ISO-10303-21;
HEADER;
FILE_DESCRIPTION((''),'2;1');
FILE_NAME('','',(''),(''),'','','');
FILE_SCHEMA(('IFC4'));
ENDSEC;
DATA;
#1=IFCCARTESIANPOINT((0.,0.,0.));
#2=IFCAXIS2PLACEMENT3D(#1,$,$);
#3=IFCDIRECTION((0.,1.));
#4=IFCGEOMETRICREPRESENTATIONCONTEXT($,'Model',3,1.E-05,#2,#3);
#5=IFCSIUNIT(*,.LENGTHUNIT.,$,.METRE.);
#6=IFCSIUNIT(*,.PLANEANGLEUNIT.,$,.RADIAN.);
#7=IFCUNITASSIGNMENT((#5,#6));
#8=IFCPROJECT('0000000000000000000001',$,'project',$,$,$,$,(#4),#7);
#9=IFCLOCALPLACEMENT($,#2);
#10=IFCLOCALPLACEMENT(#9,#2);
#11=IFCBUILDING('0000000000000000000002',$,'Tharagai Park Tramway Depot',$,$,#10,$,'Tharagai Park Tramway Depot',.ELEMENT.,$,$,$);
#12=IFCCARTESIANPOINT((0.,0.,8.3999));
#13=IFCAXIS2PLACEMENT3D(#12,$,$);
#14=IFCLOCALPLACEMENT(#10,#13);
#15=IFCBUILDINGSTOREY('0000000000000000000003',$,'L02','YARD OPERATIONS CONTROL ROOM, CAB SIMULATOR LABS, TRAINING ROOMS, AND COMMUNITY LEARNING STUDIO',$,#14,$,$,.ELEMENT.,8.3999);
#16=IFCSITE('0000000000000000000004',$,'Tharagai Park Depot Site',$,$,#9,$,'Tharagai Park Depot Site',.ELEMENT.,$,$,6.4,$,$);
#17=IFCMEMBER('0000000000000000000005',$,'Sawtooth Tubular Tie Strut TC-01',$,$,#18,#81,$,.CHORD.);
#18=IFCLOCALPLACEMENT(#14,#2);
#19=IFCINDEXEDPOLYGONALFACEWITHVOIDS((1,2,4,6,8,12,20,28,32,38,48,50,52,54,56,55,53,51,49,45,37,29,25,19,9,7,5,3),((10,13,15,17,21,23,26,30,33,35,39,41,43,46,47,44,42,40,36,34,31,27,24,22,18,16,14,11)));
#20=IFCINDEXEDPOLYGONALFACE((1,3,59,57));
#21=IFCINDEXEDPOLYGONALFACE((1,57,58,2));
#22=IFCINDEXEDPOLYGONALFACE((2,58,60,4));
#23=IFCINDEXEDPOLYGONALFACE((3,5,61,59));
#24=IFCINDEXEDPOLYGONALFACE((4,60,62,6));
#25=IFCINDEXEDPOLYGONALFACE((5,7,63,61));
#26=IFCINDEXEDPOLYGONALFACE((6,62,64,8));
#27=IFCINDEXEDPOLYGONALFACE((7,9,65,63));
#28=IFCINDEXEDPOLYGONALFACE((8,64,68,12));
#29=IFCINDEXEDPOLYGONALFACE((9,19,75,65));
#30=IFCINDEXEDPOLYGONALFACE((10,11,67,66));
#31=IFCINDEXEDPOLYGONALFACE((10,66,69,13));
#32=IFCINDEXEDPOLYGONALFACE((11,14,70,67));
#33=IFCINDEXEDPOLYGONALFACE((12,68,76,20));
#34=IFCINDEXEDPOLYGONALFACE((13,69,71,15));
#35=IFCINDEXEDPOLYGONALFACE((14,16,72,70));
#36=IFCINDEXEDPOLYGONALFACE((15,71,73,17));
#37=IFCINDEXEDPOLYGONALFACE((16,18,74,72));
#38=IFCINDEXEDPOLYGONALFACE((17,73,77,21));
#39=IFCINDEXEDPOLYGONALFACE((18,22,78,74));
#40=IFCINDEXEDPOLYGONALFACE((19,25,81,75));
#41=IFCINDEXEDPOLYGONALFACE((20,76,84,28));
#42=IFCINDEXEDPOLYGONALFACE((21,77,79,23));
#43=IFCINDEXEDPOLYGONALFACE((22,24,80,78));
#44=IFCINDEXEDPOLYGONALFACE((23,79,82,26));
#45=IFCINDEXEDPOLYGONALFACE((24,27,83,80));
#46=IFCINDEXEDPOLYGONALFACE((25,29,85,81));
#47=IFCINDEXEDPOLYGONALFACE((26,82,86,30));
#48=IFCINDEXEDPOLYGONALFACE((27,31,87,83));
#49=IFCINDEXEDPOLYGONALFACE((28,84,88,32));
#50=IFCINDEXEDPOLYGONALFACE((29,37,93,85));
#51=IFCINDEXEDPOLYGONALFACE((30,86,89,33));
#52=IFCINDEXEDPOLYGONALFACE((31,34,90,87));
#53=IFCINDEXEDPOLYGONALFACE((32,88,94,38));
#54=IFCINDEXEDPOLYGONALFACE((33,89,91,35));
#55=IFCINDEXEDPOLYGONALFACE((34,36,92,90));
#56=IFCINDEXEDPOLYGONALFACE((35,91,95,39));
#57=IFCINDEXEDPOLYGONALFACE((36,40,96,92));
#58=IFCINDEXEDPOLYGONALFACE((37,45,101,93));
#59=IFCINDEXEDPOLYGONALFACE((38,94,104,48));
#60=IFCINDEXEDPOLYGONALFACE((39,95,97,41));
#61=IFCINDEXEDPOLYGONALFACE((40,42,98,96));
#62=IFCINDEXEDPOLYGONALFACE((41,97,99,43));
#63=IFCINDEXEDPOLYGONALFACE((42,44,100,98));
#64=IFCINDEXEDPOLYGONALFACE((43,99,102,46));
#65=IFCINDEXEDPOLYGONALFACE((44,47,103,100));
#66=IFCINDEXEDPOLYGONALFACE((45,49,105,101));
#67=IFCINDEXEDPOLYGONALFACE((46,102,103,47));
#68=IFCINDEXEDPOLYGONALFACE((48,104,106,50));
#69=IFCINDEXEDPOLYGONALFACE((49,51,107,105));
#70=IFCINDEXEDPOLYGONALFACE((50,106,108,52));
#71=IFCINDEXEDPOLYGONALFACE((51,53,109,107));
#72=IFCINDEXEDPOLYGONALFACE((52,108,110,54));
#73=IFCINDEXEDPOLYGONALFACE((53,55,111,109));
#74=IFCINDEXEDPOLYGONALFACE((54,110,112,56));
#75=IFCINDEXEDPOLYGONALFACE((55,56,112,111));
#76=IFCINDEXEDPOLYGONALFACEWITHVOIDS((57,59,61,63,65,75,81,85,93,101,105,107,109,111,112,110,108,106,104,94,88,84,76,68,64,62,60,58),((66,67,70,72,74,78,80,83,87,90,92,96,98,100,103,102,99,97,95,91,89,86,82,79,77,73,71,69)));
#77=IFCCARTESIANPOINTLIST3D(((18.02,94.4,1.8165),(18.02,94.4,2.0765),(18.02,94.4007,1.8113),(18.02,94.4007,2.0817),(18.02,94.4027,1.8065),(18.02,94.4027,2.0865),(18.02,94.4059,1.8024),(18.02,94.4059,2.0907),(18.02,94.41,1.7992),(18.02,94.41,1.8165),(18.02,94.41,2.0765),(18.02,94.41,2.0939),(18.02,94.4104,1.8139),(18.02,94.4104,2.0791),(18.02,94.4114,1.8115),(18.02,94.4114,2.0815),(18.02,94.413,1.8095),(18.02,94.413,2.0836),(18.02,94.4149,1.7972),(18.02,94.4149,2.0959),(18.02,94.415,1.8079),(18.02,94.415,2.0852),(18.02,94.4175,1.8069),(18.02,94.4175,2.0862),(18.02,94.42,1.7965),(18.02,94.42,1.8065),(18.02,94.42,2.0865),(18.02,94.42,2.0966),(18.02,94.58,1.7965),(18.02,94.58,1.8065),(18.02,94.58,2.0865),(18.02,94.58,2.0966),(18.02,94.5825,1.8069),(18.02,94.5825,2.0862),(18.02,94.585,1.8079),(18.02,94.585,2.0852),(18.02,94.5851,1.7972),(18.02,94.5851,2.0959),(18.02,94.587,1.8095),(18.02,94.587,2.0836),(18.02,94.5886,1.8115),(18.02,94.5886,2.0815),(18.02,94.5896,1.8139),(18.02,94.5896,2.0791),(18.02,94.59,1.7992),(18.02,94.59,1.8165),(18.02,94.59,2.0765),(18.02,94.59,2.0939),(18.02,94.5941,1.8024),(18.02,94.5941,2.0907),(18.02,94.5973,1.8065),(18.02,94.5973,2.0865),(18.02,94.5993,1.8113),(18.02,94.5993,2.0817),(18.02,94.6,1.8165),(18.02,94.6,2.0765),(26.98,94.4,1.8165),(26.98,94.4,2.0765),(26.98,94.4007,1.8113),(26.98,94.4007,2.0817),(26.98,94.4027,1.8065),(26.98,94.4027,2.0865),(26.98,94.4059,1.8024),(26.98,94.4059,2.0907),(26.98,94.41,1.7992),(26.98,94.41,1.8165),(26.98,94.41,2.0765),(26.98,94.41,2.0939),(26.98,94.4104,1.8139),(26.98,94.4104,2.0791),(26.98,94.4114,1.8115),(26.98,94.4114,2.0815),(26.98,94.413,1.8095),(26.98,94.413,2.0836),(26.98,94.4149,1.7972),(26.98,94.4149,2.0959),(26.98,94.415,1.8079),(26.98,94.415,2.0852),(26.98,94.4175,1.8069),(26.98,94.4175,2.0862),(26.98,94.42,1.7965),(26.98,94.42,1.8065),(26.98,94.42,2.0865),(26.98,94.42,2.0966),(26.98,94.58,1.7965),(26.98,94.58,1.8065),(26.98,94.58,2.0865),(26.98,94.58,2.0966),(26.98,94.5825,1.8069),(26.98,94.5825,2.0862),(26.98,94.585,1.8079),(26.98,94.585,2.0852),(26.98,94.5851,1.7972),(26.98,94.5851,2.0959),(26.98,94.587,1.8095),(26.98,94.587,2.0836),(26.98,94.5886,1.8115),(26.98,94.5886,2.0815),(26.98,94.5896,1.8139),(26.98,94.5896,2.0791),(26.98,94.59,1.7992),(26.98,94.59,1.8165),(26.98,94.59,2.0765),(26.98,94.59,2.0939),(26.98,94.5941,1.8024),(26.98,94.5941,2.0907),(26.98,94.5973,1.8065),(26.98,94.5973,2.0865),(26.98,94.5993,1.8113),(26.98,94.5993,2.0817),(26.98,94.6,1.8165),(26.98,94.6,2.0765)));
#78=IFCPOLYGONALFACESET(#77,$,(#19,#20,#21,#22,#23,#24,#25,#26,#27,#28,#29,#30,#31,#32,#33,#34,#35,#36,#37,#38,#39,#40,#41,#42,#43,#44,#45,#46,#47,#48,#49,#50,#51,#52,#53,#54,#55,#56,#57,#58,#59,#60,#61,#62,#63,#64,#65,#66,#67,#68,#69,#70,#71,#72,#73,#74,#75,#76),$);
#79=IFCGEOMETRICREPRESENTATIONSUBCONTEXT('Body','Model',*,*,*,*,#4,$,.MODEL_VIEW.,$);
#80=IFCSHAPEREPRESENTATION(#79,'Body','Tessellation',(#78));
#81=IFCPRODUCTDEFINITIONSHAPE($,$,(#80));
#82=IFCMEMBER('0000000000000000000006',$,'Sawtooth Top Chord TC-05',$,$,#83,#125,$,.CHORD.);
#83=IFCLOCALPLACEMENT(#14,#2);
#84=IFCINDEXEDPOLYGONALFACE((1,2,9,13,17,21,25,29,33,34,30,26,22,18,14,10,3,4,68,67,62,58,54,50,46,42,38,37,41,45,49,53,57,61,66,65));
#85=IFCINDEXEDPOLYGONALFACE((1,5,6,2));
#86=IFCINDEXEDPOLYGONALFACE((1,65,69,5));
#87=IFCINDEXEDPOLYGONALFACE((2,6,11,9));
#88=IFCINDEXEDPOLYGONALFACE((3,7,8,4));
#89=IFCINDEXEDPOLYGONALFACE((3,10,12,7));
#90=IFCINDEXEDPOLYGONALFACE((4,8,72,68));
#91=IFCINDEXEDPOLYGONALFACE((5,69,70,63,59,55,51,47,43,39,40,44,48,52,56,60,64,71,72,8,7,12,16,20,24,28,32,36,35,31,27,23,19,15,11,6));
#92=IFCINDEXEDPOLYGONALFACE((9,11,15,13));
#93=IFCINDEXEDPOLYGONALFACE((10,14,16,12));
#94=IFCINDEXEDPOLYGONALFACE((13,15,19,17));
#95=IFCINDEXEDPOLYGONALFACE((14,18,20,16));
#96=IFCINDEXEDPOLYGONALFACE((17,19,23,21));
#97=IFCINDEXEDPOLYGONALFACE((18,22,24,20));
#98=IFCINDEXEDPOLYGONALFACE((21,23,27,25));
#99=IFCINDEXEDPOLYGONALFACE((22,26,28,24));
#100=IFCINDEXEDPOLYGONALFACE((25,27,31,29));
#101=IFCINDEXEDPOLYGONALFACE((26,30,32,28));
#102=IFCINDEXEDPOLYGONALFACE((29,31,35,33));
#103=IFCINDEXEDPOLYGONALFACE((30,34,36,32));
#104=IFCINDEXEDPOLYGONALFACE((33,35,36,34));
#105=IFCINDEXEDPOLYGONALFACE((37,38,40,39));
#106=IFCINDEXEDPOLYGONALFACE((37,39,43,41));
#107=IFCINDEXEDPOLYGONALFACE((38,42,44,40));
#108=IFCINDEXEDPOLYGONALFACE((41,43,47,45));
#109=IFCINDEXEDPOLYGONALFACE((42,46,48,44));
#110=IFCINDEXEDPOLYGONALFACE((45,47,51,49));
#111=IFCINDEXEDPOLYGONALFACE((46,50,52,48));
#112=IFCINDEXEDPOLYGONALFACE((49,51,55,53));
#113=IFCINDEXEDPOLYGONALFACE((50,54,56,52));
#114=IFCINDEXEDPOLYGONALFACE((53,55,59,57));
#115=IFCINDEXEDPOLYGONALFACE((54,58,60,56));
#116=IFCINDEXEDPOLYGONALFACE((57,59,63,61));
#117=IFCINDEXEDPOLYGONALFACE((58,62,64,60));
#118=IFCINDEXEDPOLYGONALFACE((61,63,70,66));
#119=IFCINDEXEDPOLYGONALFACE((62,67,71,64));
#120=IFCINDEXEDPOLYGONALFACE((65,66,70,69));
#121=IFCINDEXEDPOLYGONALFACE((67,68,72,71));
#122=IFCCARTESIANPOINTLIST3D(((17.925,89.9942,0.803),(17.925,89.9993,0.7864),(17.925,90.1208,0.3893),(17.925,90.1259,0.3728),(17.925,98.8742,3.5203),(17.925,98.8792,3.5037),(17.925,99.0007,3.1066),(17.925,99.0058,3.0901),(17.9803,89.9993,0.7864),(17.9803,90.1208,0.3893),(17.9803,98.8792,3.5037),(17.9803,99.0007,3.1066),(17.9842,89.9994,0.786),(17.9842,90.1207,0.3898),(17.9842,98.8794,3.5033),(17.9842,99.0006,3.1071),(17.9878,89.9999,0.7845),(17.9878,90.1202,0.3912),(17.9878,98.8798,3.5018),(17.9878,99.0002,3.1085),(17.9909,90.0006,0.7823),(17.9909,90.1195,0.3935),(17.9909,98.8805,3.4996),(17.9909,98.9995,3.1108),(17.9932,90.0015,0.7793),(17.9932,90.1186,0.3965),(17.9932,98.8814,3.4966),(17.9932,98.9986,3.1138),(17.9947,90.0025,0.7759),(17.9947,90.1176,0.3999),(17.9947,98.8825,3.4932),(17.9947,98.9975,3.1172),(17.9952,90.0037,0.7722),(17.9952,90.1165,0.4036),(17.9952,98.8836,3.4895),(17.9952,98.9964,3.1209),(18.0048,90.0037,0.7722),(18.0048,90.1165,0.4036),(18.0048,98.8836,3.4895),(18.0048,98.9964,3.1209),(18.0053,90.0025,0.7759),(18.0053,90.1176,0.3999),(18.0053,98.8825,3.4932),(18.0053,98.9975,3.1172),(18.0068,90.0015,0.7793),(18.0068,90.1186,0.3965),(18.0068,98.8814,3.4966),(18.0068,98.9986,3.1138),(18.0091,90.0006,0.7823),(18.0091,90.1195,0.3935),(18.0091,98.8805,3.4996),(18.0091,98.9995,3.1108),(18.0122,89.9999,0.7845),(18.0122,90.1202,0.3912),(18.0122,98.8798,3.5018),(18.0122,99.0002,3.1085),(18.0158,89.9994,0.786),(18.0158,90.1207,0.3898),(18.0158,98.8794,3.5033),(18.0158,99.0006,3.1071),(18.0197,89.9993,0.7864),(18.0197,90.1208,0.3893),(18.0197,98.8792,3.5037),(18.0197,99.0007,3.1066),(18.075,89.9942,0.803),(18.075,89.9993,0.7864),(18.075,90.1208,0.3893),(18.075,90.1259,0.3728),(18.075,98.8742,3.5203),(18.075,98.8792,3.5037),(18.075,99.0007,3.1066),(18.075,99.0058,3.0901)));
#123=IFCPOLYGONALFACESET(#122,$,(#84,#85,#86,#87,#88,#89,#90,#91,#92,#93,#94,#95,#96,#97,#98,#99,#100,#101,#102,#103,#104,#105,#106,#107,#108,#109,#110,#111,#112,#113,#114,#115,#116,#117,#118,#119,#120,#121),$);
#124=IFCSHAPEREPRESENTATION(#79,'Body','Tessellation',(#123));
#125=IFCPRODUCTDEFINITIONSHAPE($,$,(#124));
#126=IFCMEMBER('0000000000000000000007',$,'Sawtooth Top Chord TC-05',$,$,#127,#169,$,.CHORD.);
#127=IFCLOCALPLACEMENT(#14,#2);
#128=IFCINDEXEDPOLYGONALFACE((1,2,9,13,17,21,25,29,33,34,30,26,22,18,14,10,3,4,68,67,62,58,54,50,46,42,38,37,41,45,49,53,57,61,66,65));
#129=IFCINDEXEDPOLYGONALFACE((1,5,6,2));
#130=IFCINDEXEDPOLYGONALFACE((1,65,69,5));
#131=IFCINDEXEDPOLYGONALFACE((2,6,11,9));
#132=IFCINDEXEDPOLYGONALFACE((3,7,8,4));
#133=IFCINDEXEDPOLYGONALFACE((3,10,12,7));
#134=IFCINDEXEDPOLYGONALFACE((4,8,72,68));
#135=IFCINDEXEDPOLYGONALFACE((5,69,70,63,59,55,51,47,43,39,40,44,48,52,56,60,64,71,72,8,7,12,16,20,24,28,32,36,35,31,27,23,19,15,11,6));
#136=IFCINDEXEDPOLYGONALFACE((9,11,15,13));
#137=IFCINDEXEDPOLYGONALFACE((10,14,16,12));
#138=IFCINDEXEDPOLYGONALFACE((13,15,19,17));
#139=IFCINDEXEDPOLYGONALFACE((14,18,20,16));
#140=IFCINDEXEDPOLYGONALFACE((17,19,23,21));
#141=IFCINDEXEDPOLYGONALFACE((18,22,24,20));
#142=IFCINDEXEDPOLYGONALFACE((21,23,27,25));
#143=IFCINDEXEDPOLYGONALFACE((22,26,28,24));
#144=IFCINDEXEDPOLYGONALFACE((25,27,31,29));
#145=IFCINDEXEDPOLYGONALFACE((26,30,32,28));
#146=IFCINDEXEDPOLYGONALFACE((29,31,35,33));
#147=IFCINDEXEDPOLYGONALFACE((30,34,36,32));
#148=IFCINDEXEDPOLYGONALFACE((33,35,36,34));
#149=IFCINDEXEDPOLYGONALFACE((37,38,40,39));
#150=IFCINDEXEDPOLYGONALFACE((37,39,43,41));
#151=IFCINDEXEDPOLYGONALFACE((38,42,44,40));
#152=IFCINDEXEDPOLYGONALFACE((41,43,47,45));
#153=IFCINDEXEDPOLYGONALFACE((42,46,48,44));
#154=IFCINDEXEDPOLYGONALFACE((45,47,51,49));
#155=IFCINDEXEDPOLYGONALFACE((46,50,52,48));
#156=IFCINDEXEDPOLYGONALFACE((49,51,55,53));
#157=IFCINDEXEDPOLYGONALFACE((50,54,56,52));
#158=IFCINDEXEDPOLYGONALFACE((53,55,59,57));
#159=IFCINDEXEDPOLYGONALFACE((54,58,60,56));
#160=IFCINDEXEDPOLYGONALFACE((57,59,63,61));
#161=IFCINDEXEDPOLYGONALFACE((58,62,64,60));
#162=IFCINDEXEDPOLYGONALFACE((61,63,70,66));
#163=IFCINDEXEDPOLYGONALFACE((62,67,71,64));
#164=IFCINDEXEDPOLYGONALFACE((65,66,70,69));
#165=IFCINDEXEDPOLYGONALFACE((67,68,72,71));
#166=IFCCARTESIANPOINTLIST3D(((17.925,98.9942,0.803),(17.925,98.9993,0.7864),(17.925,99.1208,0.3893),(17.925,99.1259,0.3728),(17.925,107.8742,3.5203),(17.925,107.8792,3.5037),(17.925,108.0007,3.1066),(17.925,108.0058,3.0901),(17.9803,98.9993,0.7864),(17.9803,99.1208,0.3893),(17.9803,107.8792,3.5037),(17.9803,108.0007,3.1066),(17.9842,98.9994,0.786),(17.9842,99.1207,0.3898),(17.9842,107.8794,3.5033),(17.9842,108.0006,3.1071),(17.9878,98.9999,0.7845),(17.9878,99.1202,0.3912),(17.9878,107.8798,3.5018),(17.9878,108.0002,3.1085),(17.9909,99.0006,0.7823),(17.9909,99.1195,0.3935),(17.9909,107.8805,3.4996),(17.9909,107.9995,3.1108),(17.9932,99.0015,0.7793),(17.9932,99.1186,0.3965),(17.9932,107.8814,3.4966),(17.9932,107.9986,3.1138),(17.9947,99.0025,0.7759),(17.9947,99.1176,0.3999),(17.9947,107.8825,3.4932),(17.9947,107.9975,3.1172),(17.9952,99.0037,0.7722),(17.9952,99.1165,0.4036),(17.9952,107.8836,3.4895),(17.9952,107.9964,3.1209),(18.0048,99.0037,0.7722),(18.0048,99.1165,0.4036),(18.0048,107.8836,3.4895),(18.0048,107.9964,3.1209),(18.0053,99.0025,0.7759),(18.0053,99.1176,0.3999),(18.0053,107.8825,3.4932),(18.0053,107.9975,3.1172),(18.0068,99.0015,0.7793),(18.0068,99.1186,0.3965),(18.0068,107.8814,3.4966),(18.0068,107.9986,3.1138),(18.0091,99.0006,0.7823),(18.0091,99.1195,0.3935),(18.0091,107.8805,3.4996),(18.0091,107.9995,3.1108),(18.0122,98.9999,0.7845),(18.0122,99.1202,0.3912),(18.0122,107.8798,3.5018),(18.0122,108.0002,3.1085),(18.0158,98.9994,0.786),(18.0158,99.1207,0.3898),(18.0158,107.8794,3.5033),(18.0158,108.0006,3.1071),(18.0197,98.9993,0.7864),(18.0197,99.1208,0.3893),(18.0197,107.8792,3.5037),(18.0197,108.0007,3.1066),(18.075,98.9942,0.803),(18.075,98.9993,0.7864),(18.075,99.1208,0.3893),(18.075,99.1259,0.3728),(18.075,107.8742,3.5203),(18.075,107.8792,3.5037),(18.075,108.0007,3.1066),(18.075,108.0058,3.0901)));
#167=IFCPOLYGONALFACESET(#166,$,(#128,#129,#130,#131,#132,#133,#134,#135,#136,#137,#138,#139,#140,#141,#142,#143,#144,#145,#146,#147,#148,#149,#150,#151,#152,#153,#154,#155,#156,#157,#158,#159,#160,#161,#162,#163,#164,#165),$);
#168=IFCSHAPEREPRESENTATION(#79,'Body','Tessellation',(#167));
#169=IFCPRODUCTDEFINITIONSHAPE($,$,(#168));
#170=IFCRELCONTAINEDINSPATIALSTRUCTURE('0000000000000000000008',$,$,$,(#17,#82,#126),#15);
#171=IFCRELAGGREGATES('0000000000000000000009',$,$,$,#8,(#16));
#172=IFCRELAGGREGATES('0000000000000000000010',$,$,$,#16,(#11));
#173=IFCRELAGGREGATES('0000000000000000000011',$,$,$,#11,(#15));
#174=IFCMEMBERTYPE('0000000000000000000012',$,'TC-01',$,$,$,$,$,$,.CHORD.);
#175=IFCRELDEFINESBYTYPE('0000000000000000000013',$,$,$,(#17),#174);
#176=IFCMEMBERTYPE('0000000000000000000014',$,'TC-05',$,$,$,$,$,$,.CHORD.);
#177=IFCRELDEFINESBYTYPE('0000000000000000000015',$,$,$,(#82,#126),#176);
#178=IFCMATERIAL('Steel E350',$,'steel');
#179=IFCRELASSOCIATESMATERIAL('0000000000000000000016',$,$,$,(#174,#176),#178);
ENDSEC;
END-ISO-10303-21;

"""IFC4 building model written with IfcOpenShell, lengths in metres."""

from ifc_helpers import new_model, si_unit, direction, frame, origin, origin_2d, place, context, subcontext, project, spatial, hollow_rectangle, i_section, extrude, material, material_profile, profile_set, type_object, element, save


model = new_model("IFC4")

# Units and contexts
model_context = context("Model", 3, precision=1e-05, world=origin(), true_north=direction((0.0, 1.0)))
body_context = subcontext(model_context, "Body", "Model", "MODEL_VIEW")
ifc_project = project(units=[si_unit("LENGTHUNIT", "METRE"), si_unit("PLANEANGLEUNIT", "RADIAN")], contexts=[model_context])

# Site, building, storey
site_placement = place(None, origin())
site = spatial("IfcSite", under=ifc_project, at=site_placement, Name="Tharagai Park Depot Site", LongName="Tharagai Park Depot Site", CompositionType="ELEMENT", RefElevation=6.4)
building_placement = place(site_placement, origin())
building = spatial("IfcBuilding", under=site, at=building_placement, Name="Tharagai Park Tramway Depot", LongName="Tharagai Park Tramway Depot", CompositionType="ELEMENT")
storey_placement = place(building_placement, frame((0.0, 0.0, 8.3999)))
storey = spatial("IfcBuildingStorey", under=building, at=storey_placement, Name="L02", Description="YARD OPERATIONS CONTROL ROOM, CAB SIMULATOR LABS, TRAINING ROOMS, AND COMMUNITY LEARNING STUDIO", CompositionType="ELEMENT", Elevation=8.3999)

# Shared definitions
ifc_material_1 = material(Name="Steel E350", Category="steel")

# Members
ifc_material_profile_1 = material_profile(ifc_material_1, hollow_rectangle(XDim=0.2, YDim=0.3, WallThickness=0.01, InnerFilletRadius=0.01, OuterFilletRadius=0.02, at=origin_2d()), Name="RHS 300x200x10")
ifc_profile_set_1 = profile_set([ifc_material_profile_1], Name="Steel E350")
member_type_1 = type_object("IfcMemberType", Name="TC-01", PredefinedType="CHORD", material=ifc_profile_set_1)
member_1_placement = place(storey_placement, frame((18.02, 94.5, 1.9465), z_axis=(1.0, 0.0, 0.0), x_axis=(0.0, 1.0, 0.0)))
element("IfcMember", 1, at=member_1_placement, inside=storey, type_object=member_type_1, Name="Sawtooth Tubular Tie Strut TC-01", PredefinedType="CHORD", context=body_context, shape_type="SweptSolid", body=[
    extrude(hollow_rectangle(XDim=0.2, YDim=0.3, WallThickness=0.01, InnerFilletRadius=0.01, OuterFilletRadius=0.02, at=origin_2d()), origin(), (0.0, 0.0, 1.0), 8.96),
])
ifc_material_profile_2 = material_profile(ifc_material_1, i_section(OverallWidth=0.1499, OverallDepth=0.45, WebThickness=0.0095, FlangeThickness=0.0173, FilletRadius=0.0149, at=origin_2d()), Name="ISMB 450")
ifc_profile_set_2 = profile_set([ifc_material_profile_2], Name="Steel E350")
member_type_2 = type_object("IfcMemberType", Name="TC-05", PredefinedType="CHORD", material=ifc_profile_set_2)
for number, where, z_axis, x_axis, name in (
    (2, (18.0, 90.0601, 0.5879), (0.0, 0.956231, 0.292611), (-1.0, 0.0, 0.0), "Sawtooth Top Chord TC-05"),
    (3, (18.0, 99.0601, 0.5879), (0.0, 0.956231, 0.292611), (-1.0, 0.0, 0.0), "Sawtooth Top Chord TC-05"),
):
    element("IfcMember", number, at=place(storey_placement, frame(where, z_axis=z_axis, x_axis=x_axis)), inside=storey, type_object=member_type_2, Name=name, PredefinedType="CHORD", context=body_context, shape_type="SweptSolid", body=[
        extrude(i_section(OverallWidth=0.1499, OverallDepth=0.45, WebThickness=0.0095, FlangeThickness=0.0173, FilletRadius=0.0149, at=origin_2d()), origin(), (0.0, 0.0, 1.0), 9.2864),
    ])

save(model, "model.ifc")
